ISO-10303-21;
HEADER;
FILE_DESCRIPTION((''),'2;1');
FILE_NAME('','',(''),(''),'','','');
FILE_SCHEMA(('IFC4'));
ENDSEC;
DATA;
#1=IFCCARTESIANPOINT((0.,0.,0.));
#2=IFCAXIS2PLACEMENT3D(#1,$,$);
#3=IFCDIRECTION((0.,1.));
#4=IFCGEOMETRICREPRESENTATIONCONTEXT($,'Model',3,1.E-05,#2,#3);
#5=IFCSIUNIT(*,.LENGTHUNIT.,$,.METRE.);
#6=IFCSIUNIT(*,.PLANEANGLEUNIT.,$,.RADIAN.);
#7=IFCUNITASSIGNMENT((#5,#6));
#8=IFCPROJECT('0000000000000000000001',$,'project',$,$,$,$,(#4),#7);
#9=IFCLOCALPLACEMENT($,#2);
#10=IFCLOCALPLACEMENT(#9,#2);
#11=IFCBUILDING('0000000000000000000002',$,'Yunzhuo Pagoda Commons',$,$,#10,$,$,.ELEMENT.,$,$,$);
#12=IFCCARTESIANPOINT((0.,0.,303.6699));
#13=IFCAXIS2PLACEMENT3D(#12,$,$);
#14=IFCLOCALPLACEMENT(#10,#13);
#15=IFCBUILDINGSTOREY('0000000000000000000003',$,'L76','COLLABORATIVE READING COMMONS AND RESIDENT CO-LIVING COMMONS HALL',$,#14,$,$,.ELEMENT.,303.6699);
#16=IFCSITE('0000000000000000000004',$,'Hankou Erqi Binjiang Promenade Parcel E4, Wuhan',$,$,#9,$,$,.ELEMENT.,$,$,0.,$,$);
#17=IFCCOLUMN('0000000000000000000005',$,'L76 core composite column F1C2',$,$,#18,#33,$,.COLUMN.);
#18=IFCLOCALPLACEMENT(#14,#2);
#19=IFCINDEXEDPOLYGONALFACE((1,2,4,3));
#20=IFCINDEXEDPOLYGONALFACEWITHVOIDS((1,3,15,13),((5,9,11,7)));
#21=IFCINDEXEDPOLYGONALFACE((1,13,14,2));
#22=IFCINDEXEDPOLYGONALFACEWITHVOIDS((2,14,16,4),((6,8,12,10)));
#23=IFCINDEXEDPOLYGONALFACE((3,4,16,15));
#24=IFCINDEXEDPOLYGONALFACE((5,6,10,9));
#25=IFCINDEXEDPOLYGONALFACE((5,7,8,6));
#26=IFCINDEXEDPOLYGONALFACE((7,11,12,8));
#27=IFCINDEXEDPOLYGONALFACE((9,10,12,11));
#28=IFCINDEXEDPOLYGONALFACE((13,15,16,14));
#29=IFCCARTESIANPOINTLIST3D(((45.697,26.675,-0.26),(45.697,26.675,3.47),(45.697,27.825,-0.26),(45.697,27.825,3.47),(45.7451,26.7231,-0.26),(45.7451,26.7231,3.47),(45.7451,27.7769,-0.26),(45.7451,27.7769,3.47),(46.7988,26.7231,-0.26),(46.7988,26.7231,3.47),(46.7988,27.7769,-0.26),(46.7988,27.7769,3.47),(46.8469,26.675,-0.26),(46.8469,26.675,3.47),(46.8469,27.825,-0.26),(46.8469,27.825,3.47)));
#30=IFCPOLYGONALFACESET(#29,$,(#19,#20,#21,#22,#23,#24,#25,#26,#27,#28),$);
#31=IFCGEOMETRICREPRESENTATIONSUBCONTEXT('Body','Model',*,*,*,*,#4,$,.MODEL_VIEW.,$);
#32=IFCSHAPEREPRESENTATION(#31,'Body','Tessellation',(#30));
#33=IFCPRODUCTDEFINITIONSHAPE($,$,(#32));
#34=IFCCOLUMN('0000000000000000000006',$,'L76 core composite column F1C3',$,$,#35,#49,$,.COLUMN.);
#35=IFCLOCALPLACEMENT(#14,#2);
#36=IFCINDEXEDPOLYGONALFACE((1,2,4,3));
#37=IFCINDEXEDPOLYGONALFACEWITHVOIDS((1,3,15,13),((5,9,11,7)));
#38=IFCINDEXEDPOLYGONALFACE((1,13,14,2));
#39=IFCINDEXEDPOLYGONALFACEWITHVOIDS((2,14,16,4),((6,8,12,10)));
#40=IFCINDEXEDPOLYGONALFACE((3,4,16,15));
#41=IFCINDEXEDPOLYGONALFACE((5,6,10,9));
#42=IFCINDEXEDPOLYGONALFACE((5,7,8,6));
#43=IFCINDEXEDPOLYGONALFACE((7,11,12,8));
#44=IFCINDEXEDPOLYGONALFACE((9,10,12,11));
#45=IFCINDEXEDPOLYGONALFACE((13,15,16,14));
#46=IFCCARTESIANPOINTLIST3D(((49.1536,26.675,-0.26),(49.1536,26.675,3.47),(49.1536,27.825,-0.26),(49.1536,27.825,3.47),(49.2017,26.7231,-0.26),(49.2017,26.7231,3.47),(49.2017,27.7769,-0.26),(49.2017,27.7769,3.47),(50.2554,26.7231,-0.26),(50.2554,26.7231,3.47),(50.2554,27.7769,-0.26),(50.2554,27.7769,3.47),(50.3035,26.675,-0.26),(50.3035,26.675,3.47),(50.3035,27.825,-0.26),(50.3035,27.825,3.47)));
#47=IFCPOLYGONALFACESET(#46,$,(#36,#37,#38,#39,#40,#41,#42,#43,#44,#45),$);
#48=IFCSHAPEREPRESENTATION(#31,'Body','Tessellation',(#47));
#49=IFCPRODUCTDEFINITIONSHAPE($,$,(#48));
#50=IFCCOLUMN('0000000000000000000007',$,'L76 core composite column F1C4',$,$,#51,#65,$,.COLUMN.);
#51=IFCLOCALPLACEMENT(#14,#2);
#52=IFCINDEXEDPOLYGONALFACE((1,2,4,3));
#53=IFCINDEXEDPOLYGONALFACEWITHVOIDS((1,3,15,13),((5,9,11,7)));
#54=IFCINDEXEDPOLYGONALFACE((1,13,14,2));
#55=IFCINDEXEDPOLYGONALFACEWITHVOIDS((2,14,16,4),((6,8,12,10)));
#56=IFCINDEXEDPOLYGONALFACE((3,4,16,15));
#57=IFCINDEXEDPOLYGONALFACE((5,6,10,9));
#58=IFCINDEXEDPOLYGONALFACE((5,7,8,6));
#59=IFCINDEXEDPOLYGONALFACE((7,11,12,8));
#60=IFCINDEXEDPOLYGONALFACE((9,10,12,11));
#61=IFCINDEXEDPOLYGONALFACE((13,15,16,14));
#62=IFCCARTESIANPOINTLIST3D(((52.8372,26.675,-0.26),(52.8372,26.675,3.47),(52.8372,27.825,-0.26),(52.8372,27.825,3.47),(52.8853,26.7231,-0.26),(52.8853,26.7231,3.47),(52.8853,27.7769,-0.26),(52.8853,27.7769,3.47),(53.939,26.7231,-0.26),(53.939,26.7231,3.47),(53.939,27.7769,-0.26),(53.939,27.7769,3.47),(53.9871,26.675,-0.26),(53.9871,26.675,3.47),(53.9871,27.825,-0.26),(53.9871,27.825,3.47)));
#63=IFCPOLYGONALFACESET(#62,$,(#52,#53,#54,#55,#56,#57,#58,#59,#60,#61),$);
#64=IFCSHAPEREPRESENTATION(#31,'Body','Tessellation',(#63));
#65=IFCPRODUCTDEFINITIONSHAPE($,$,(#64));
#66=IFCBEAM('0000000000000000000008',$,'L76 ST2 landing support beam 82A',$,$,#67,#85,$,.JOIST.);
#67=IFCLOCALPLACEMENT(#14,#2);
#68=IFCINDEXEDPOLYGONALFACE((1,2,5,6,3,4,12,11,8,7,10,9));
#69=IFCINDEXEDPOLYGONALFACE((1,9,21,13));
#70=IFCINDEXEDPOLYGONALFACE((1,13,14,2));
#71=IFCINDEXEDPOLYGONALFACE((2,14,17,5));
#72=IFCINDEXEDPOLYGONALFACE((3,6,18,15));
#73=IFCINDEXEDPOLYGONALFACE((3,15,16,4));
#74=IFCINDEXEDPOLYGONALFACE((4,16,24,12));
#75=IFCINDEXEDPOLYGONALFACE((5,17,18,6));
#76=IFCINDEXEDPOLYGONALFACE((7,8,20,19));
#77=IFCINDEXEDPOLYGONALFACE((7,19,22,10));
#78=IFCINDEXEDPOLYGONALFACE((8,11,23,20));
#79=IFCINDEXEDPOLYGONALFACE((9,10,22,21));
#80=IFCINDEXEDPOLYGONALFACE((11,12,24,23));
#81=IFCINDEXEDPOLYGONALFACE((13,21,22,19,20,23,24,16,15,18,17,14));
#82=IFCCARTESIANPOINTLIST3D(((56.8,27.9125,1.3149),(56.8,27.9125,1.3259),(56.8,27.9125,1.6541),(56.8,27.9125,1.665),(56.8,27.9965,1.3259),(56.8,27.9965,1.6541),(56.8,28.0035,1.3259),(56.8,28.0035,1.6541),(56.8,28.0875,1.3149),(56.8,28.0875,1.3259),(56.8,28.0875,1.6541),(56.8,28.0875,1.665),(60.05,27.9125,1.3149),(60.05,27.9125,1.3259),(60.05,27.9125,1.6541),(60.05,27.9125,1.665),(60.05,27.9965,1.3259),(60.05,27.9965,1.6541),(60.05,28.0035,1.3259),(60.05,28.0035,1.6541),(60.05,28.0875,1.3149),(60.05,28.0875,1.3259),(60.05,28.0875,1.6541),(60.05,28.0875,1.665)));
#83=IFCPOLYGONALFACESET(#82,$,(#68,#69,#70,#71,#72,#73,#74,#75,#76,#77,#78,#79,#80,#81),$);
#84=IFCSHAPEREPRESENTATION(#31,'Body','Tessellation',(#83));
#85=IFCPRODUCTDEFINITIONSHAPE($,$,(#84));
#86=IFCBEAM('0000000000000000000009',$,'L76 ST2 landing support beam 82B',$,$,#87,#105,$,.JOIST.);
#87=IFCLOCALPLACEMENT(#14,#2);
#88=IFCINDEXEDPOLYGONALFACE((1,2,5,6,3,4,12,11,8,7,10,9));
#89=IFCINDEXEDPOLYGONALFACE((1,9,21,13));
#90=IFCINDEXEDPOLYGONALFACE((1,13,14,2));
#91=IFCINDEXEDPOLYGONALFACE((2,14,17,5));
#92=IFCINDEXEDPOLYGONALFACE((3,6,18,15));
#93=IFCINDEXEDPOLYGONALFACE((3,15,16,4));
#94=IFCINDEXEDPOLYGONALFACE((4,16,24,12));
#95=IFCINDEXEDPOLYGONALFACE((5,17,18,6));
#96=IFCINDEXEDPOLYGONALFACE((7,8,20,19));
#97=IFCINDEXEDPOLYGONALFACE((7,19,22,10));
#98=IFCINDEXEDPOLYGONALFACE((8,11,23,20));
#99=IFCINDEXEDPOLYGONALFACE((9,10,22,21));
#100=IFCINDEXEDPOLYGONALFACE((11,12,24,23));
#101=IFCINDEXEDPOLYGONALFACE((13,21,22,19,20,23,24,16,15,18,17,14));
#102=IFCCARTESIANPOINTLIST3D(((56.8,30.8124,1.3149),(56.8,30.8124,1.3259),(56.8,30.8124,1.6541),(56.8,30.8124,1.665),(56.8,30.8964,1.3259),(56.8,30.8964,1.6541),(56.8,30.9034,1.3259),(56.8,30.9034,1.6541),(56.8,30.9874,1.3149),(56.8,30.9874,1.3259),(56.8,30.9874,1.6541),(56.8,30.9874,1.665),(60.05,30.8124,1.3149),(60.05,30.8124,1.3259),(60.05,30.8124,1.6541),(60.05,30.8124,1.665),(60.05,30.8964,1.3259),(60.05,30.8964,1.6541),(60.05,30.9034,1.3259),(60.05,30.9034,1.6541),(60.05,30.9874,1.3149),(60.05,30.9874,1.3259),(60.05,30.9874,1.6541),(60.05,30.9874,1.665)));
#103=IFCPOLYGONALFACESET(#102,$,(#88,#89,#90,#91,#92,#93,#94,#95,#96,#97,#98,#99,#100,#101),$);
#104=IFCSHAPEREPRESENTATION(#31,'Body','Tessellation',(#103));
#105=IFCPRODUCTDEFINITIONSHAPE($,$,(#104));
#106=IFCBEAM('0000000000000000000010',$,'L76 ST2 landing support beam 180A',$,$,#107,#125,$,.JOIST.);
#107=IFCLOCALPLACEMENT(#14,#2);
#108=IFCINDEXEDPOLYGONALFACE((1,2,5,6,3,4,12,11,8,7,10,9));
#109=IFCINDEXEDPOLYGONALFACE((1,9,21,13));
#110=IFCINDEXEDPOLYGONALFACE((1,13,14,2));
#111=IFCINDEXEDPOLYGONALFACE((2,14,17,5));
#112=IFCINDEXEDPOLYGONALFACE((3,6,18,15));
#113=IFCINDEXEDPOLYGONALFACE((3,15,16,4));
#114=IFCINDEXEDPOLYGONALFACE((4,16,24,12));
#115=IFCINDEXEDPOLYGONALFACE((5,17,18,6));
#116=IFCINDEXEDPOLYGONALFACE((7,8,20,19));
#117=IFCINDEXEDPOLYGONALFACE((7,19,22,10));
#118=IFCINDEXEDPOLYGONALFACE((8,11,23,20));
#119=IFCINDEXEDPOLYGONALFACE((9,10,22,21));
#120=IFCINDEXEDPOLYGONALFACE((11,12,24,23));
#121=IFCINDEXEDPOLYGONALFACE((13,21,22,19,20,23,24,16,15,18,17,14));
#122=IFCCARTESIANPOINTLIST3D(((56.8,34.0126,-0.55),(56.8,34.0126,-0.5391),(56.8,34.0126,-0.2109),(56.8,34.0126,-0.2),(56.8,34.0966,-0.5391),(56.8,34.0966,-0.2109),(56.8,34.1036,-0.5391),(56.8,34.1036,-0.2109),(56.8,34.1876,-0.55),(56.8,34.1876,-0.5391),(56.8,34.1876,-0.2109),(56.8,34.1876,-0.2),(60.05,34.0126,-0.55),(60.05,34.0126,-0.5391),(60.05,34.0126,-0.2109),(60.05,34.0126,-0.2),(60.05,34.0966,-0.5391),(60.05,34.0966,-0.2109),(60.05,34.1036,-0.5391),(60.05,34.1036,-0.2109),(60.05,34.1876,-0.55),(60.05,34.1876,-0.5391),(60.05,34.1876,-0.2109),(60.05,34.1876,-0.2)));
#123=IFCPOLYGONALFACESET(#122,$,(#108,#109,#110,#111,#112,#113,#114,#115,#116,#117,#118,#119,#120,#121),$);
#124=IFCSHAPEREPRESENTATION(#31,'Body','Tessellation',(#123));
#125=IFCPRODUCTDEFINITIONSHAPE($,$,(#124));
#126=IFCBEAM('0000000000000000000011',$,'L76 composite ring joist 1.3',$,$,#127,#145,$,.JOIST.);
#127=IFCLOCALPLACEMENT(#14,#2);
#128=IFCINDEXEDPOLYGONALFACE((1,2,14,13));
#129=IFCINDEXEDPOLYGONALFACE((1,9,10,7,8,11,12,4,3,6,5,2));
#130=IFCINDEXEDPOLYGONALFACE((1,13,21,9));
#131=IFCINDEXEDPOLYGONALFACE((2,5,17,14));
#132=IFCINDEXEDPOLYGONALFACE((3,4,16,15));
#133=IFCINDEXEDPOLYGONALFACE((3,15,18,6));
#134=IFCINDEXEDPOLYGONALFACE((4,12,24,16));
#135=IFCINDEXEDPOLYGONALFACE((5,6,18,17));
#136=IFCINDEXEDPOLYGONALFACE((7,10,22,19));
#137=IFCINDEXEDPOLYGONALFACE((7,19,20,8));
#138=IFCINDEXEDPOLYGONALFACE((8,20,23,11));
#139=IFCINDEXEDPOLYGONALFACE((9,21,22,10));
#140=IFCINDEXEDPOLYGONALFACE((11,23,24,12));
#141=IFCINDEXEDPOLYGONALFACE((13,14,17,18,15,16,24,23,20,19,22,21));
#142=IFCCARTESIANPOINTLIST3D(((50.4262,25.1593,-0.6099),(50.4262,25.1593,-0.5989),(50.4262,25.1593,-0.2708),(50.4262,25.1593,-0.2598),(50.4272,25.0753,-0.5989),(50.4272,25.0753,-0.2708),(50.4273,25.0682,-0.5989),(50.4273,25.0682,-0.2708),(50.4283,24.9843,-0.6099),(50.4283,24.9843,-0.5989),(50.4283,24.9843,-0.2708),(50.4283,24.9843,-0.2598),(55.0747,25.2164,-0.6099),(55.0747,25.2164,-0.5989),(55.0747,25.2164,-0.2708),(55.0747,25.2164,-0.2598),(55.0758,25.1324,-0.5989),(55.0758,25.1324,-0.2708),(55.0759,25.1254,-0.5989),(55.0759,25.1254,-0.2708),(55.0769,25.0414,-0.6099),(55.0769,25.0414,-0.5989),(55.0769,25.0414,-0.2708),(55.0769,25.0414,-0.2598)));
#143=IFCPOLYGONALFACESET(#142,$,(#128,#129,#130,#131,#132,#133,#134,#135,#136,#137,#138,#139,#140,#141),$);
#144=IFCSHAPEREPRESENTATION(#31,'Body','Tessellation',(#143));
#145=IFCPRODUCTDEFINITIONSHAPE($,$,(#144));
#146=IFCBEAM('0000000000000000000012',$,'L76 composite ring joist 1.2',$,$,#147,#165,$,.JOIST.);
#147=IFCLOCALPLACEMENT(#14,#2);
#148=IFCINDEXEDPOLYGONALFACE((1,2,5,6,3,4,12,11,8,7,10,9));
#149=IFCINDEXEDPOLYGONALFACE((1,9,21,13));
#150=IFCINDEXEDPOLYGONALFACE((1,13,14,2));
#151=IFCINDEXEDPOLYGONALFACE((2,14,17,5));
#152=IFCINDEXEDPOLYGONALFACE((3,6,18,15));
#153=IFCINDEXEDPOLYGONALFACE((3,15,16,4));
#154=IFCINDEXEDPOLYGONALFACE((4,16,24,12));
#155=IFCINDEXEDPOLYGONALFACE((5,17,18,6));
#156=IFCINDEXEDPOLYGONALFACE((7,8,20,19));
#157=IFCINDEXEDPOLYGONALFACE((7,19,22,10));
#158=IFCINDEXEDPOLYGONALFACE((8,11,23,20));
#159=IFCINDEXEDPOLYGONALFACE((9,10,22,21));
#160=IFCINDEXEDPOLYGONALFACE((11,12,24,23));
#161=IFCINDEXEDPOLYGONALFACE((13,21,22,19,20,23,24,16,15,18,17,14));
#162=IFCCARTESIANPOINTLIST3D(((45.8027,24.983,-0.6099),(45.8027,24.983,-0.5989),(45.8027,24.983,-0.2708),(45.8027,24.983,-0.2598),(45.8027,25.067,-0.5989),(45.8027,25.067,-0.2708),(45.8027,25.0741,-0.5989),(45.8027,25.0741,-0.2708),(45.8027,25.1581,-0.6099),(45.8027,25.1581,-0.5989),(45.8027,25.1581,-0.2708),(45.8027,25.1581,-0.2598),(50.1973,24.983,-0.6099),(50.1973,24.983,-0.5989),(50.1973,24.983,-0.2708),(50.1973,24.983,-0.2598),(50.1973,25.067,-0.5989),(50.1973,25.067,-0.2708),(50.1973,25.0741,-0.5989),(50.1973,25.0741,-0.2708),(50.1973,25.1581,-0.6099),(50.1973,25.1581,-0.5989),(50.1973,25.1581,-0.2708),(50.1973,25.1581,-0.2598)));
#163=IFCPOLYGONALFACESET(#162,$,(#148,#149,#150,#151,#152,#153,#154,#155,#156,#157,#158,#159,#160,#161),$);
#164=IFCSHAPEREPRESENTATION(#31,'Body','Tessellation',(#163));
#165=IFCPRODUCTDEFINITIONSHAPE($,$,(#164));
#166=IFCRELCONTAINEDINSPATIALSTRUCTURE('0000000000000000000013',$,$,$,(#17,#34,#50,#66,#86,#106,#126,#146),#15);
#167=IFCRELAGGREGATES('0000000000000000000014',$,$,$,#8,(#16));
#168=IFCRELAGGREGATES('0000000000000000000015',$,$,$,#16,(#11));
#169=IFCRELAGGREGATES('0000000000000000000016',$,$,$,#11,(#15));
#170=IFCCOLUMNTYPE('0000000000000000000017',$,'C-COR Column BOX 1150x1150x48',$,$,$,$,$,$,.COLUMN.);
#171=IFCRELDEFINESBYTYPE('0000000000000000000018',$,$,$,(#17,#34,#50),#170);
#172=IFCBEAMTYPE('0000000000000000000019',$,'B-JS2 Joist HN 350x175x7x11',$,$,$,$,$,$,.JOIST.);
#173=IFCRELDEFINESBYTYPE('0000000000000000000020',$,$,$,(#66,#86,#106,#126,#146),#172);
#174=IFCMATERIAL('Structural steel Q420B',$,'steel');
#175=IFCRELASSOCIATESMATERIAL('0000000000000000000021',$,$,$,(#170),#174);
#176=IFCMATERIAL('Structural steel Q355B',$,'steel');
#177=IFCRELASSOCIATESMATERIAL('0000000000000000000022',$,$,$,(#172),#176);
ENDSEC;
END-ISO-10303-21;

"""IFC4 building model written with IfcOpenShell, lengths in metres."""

from ifc_helpers import new_model, si_unit, direction, frame, origin, origin_2d, place, context, subcontext, project, spatial, hollow_rectangle, i_section, extrude, source, transform, mapped, material, material_profile, profile_set, type_object, element, save


model = new_model("IFC4")

# Units and contexts
model_context = context("Model", 3, precision=1e-05, world=origin(), true_north=direction((0.0, 1.0)))
body_context = subcontext(model_context, "Body", "Model", "MODEL_VIEW")
ifc_project = project(units=[si_unit("LENGTHUNIT", "METRE"), si_unit("PLANEANGLEUNIT", "RADIAN")], contexts=[model_context])

# Site, building, storey
site_placement = place(None, origin())
site = spatial("IfcSite", under=ifc_project, at=site_placement, Name="Hankou Erqi Binjiang Promenade Parcel E4, Wuhan", CompositionType="ELEMENT", RefElevation=0.0)
building_placement = place(site_placement, origin())
building = spatial("IfcBuilding", under=site, at=building_placement, Name="Yunzhuo Pagoda Commons", CompositionType="ELEMENT")
storey_placement = place(building_placement, frame((0.0, 0.0, 303.6699)))
storey = spatial("IfcBuildingStorey", under=building, at=storey_placement, Name="L76", Description="COLLABORATIVE READING COMMONS AND RESIDENT CO-LIVING COMMONS HALL", CompositionType="ELEMENT", Elevation=303.6699)

# Columns
ifc_material_1 = material(Name="Structural steel Q420B", Category="steel")
ifc_material_profile_1 = material_profile(ifc_material_1, hollow_rectangle(XDim=1.1499, YDim=1.1499, WallThickness=0.0481, at=origin_2d()), Name="Structural steel Q420B")
ifc_profile_set_1 = profile_set([ifc_material_profile_1], Name="Structural steel Q420B")
column_type = type_object("IfcColumnType", Name="C-COR Column BOX 1150x1150x48", PredefinedType="COLUMN", material=ifc_profile_set_1)
shared_shape_1 = source(origin(), body_context, "Body", "SweptSolid", [
    extrude(hollow_rectangle(XDim=1.1499, YDim=1.1499, WallThickness=0.0481, at=origin_2d()), origin(), (0.0, 0.0, 1.0), 3.73),
])
for number, where, z_axis, x_axis, name in (
    (1, (46.272, 27.25, -0.26), (0.0, 0.0, 1.0), (1.0, 0.0, 0.0), "L76 core composite column F1C2"),
    (2, (49.7285, 27.25, -0.26), (0.0, 0.0, 1.0), (1.0, 0.0, 0.0), "L76 core composite column F1C3"),
    (3, (53.4121, 27.25, -0.26), (0.0, 0.0, 1.0), (1.0, 0.0, 0.0), "L76 core composite column F1C4"),
):
    element("IfcColumn", number, at=place(storey_placement, frame(where, z_axis=z_axis, x_axis=x_axis)), inside=storey, type_object=column_type, Name=name, PredefinedType="COLUMN", context=body_context, shape_type="MappedRepresentation", body=[
        mapped(shared_shape_1, transform((0.0, 0.0, 0.0), scale=1.0)),
    ])

# Beams
ifc_material_2 = material(Name="Structural steel Q355B", Category="steel")
ifc_material_profile_2 = material_profile(ifc_material_2, i_section(OverallWidth=0.175, OverallDepth=0.3501, WebThickness=0.0071, FlangeThickness=0.011, at=origin_2d()), Name="Structural steel Q355B")
ifc_profile_set_2 = profile_set([ifc_material_profile_2], Name="Structural steel Q355B")
beam_type = type_object("IfcBeamType", Name="B-JS2 Joist HN 350x175x7x11", PredefinedType="JOIST", material=ifc_profile_set_2)
shared_shape_2 = source(origin(), body_context, "Body", "SweptSolid", [
    extrude(i_section(OverallWidth=0.175, OverallDepth=0.3501, WebThickness=0.0071, FlangeThickness=0.011, at=origin_2d()), origin(), (0.0, 0.0, 1.0), 3.25),
])
for number, where, z_axis, x_axis, name in (
    (4, (56.8, 28.0, 1.49), (1.0, 0.0, 0.0), (0.0, 1.0, 0.0), "L76 ST2 landing support beam 82A"),
    (5, (56.8, 30.8999, 1.49), (1.0, 0.0, 0.0), (0.0, 1.0, 0.0), "L76 ST2 landing support beam 82B"),
    (6, (56.8, 34.1001, -0.375), (1.0, 0.0, 0.0), (0.0, 1.0, 0.0), "L76 ST2 landing support beam 180A"),
):
    element("IfcBeam", number, at=place(storey_placement, frame(where, z_axis=z_axis, x_axis=x_axis)), inside=storey, type_object=beam_type, Name=name, PredefinedType="JOIST", context=body_context, shape_type="MappedRepresentation", body=[
        mapped(shared_shape_2, transform((0.0, 0.0, 0.0), scale=1.0)),
    ])
shared_shape_3 = source(origin(), body_context, "Body", "SweptSolid", [
    extrude(i_section(OverallWidth=0.175, OverallDepth=0.3501, WebThickness=0.0071, FlangeThickness=0.011, at=origin_2d()), origin(), (0.0, 0.0, 1.0), 4.6489),
])
beam_1_placement = place(storey_placement, frame((50.4272, 25.0718, -0.4348), z_axis=(0.999924, 0.012288, 0.0), x_axis=(-0.012288, 0.999924, 0.0)))
element("IfcBeam", 7, at=beam_1_placement, inside=storey, type_object=beam_type, Name="L76 composite ring joist 1.3", PredefinedType="JOIST", context=body_context, shape_type="MappedRepresentation", body=[
    mapped(shared_shape_3, transform((0.0, 0.0, 0.0), scale=1.0)),
])
shared_shape_4 = source(origin(), body_context, "Body", "SweptSolid", [
    extrude(i_section(OverallWidth=0.175, OverallDepth=0.3501, WebThickness=0.0071, FlangeThickness=0.011, at=origin_2d()), origin(), (0.0, 0.0, 1.0), 4.3945),
])
beam_2_placement = place(storey_placement, frame((45.8027, 25.0706, -0.4348), z_axis=(1.0, 0.0, 0.0), x_axis=(0.0, 1.0, 0.0)))
element("IfcBeam", 8, at=beam_2_placement, inside=storey, type_object=beam_type, Name="L76 composite ring joist 1.2", PredefinedType="JOIST", context=body_context, shape_type="MappedRepresentation", body=[
    mapped(shared_shape_4, transform((0.0, 0.0, 0.0), scale=1.0)),
])

save(model, "model.ifc")
